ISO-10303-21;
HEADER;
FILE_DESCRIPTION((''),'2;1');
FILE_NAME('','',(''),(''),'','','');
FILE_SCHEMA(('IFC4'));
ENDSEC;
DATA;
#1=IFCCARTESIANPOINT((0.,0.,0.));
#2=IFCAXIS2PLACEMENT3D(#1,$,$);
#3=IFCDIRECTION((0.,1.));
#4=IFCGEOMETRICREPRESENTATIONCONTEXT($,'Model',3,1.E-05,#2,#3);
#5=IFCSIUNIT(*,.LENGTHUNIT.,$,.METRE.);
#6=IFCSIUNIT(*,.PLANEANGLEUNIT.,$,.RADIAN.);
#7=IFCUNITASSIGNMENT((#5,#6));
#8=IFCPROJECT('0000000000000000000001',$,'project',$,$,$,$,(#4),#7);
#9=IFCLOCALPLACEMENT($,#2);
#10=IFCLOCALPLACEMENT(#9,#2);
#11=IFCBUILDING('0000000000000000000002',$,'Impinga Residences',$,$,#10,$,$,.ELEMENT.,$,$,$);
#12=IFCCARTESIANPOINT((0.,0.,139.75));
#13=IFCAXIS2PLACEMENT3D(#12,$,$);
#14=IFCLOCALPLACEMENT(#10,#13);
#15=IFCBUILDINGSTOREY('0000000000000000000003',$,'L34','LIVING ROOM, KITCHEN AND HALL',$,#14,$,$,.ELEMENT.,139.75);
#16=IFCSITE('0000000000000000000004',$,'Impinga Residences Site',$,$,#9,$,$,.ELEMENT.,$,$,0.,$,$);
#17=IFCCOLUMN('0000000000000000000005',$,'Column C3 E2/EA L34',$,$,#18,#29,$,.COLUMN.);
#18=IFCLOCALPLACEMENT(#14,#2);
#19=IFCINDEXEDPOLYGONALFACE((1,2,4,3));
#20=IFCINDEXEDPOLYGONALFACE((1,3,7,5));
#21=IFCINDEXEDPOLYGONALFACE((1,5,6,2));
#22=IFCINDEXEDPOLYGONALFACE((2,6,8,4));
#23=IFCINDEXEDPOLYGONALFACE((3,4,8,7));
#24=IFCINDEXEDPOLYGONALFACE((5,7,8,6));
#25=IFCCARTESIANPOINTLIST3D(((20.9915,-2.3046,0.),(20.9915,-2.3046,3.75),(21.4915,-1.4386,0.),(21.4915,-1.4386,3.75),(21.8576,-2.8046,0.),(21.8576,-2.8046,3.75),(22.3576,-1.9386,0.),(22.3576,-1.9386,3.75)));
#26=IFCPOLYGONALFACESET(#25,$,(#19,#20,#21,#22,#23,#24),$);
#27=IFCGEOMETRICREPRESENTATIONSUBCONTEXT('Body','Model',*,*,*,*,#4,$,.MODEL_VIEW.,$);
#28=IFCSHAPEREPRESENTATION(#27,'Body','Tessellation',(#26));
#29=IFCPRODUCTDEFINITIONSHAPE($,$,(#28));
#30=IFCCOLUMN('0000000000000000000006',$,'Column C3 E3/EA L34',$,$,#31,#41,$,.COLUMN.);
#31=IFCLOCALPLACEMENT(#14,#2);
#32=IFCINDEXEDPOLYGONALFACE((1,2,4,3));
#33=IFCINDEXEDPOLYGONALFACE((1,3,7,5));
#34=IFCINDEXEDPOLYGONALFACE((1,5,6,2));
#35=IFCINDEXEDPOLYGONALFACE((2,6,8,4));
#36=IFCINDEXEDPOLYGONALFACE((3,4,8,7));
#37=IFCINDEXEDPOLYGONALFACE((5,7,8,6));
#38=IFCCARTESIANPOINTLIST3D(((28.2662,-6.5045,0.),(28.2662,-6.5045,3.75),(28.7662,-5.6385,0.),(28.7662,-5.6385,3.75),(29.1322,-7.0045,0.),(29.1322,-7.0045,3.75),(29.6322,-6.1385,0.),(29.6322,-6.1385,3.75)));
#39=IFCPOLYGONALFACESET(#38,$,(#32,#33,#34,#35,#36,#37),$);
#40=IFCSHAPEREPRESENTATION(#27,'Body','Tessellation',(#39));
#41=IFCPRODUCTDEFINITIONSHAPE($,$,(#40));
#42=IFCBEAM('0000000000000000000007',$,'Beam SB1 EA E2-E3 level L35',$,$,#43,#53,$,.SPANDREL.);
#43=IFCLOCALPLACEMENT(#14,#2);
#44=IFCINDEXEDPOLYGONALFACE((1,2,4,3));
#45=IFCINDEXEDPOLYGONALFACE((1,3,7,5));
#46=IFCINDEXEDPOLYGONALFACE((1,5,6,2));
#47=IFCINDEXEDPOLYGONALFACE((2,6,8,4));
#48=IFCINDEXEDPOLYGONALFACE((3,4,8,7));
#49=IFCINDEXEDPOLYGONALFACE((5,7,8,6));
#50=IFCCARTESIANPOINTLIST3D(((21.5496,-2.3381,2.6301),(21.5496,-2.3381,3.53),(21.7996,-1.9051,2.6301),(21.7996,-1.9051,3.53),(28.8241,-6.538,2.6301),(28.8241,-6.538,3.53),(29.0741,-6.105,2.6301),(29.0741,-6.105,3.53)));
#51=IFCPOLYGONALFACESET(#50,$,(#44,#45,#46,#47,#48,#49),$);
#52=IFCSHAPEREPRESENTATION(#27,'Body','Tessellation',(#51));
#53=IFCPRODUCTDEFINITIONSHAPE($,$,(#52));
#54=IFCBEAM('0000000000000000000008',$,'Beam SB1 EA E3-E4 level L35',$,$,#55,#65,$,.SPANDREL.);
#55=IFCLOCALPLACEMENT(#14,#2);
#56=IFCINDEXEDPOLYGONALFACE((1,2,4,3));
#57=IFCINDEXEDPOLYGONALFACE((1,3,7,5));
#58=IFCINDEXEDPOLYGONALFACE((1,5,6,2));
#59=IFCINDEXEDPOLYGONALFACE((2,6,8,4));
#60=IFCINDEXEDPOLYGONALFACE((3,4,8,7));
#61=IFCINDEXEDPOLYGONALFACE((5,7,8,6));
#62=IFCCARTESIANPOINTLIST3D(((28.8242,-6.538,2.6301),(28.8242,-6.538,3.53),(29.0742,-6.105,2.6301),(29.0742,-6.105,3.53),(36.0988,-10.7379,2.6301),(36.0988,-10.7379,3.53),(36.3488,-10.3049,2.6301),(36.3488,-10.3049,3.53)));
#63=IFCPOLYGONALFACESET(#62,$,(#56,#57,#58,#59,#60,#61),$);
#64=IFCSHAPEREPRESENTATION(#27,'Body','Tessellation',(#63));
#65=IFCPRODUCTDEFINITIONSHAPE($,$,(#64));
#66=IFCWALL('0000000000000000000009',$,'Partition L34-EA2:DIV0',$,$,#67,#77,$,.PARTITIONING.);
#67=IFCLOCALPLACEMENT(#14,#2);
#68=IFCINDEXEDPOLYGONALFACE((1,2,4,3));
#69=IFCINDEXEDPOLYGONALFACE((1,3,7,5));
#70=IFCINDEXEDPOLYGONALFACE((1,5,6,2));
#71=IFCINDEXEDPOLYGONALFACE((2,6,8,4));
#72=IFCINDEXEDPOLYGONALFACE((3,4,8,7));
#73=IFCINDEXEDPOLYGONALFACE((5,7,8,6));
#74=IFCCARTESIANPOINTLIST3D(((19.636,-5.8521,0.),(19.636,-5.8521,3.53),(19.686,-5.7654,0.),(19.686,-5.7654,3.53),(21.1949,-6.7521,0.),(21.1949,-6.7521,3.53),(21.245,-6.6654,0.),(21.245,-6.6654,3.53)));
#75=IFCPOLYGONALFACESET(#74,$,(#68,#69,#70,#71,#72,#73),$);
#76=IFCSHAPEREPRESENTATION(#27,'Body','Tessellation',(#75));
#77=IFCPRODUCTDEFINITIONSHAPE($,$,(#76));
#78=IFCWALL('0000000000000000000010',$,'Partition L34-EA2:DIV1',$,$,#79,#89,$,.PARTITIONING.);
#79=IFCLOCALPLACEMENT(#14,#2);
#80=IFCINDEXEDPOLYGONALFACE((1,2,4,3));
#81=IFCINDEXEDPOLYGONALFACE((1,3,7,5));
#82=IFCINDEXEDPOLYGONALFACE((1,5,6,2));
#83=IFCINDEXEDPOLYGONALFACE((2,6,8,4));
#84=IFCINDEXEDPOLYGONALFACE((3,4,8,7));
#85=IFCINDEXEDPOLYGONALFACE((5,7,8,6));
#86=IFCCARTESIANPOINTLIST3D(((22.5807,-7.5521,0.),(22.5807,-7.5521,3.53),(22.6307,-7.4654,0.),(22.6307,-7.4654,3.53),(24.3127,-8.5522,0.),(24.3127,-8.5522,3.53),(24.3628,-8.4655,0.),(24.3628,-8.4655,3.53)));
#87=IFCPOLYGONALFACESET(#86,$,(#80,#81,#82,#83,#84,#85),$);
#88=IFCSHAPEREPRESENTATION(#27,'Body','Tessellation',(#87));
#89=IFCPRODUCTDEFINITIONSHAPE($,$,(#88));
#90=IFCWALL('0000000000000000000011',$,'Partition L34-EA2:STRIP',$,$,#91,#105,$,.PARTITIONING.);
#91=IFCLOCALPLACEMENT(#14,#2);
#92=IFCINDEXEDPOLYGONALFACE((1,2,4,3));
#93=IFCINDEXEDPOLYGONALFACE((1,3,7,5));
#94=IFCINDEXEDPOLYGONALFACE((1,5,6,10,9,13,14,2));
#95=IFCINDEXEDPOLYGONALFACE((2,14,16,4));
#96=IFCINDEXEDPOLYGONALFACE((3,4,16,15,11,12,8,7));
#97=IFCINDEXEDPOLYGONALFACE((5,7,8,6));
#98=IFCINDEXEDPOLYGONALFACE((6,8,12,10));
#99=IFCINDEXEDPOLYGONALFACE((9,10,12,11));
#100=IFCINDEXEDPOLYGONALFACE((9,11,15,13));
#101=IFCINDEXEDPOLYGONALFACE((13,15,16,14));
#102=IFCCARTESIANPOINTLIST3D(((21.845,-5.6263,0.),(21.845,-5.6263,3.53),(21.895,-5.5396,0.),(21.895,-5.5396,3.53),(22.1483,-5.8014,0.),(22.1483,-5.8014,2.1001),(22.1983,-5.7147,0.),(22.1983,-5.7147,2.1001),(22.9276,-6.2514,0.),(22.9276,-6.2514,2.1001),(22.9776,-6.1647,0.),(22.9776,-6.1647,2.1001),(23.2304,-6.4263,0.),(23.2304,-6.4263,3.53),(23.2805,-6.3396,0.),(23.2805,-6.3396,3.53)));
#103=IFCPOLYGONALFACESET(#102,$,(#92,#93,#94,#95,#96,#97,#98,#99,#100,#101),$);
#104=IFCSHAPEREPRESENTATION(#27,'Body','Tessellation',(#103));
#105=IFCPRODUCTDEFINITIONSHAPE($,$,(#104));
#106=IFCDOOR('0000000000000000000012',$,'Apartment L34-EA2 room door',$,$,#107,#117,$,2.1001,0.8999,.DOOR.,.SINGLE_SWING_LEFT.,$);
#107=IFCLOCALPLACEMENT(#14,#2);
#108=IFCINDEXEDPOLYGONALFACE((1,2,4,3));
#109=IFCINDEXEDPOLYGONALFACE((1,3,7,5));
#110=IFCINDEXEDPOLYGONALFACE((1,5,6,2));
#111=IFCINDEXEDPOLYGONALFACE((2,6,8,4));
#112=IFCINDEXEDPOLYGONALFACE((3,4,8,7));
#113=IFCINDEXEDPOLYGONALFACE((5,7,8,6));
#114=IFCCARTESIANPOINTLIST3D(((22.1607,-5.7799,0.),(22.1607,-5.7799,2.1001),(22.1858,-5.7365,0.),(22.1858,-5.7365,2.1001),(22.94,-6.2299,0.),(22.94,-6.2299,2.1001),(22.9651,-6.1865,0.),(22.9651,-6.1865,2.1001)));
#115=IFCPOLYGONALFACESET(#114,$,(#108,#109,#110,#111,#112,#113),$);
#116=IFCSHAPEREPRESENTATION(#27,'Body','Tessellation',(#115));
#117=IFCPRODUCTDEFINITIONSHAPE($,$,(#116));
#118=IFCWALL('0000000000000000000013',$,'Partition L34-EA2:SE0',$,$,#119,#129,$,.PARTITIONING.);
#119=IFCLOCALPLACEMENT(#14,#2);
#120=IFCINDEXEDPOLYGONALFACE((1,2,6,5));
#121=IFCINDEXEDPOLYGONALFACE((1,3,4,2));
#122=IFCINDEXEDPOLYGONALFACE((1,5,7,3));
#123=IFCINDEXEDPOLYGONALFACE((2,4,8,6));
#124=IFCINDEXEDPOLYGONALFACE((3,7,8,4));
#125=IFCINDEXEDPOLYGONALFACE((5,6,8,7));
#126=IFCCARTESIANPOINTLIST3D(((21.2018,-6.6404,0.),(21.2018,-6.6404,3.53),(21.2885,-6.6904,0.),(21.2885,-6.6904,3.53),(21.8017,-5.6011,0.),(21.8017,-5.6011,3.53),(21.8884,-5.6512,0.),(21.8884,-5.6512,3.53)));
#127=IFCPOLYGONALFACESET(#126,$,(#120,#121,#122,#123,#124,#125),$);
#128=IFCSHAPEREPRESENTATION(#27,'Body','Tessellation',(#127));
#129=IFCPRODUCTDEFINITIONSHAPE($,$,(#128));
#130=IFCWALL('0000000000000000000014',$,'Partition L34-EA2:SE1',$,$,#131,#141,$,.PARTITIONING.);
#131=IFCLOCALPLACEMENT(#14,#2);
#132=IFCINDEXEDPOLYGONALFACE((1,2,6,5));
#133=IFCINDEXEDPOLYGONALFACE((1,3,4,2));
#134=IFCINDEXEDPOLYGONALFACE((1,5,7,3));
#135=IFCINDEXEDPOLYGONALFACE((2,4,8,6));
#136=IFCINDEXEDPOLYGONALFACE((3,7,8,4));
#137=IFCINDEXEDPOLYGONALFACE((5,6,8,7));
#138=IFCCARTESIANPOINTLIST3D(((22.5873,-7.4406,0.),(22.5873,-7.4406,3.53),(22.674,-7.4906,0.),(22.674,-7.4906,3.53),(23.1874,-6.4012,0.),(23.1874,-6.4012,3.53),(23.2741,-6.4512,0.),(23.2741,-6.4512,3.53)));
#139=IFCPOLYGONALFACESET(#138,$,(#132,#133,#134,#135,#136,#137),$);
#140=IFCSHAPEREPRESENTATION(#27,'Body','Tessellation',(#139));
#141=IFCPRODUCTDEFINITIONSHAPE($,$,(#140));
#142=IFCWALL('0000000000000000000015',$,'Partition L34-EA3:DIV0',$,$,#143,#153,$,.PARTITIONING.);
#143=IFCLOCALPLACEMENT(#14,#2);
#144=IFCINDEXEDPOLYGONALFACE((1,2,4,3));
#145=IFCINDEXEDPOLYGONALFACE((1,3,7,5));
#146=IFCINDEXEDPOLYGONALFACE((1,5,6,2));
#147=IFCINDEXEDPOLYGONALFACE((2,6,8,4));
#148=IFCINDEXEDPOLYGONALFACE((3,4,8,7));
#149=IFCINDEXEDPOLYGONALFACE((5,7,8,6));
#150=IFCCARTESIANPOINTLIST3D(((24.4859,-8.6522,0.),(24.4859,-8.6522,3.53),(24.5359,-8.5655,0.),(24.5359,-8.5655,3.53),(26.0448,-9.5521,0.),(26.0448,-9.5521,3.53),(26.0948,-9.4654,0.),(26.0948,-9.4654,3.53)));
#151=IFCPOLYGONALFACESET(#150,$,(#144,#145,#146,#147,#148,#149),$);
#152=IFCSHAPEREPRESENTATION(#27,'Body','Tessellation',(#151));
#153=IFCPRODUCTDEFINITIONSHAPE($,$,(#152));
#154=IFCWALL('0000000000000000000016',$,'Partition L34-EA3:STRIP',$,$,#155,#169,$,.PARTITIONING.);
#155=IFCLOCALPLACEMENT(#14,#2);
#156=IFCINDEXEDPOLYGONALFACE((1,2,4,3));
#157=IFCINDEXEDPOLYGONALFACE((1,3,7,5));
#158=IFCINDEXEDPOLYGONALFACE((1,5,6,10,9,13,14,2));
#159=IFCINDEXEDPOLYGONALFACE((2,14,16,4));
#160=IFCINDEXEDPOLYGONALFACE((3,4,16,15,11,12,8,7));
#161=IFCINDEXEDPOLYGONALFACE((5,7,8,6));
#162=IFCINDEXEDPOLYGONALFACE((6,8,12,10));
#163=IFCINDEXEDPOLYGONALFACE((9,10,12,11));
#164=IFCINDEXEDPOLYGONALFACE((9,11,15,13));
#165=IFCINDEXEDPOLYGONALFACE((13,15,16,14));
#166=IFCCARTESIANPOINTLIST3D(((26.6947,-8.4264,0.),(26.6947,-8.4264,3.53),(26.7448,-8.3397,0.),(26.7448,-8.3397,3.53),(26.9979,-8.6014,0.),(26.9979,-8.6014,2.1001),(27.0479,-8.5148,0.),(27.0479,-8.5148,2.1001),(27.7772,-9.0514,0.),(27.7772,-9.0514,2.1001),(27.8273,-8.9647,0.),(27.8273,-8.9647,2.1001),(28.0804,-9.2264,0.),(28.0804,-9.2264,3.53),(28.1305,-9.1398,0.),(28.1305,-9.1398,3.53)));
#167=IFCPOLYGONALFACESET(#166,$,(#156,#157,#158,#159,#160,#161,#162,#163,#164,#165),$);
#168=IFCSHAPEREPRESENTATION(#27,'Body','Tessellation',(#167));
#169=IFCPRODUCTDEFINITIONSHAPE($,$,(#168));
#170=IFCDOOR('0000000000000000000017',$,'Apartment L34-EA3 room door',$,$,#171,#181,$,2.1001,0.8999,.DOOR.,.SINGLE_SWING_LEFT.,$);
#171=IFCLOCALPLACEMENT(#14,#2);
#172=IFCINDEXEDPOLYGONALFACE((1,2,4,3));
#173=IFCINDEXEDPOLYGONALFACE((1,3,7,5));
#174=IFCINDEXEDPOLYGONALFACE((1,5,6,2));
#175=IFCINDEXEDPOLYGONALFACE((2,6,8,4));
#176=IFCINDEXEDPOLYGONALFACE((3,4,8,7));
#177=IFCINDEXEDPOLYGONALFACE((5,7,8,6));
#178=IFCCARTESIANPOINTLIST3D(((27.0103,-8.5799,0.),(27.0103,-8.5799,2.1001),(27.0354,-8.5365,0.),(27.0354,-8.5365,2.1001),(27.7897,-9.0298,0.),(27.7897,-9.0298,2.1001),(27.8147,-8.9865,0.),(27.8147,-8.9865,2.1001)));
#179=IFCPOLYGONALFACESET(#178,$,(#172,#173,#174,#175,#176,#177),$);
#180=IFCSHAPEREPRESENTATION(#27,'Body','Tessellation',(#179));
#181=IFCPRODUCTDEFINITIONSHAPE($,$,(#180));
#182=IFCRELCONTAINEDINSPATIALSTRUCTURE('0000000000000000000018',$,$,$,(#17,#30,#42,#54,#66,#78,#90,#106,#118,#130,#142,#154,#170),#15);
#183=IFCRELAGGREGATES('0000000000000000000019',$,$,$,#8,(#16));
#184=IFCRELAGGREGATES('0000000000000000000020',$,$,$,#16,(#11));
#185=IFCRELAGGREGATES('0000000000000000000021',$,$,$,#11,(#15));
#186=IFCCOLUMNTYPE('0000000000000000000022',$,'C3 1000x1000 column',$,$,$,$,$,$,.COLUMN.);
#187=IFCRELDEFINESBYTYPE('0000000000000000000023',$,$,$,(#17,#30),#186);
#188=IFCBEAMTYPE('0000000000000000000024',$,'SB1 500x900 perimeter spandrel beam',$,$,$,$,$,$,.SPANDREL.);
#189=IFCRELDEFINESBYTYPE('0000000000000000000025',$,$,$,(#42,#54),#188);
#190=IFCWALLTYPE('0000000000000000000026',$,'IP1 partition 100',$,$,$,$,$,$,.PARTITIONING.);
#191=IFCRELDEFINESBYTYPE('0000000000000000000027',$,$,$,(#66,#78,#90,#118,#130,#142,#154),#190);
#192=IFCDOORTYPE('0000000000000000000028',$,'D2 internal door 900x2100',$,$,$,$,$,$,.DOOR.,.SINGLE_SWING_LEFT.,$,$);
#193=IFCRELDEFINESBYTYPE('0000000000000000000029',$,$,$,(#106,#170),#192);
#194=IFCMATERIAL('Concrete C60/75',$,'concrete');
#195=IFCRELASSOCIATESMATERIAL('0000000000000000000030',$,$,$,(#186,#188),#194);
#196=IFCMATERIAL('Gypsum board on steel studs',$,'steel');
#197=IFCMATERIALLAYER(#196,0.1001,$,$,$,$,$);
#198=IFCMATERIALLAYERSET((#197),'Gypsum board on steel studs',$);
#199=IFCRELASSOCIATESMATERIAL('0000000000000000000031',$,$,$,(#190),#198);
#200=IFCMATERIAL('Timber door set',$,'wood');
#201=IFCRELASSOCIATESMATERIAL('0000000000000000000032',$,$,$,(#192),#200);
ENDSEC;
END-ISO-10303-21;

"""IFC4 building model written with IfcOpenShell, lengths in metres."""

from ifc_helpers import new_model, si_unit, direction, frame, frame_2d, origin, origin_2d, place, context, subcontext, project, spatial, rectangle, extrude, material, layer, layer_set, material_profile, profile_set, type_object, element, fill, save


model = new_model("IFC4")

# Units and contexts
model_context = context("Model", 3, precision=1e-05, world=origin(), true_north=direction((0.0, 1.0)))
body_context = subcontext(model_context, "Body", "Model", "MODEL_VIEW")
ifc_project = project(units=[si_unit("LENGTHUNIT", "METRE"), si_unit("PLANEANGLEUNIT", "RADIAN")], contexts=[model_context])

# Site, building, storey
site_placement = place(None, origin())
site = spatial("IfcSite", under=ifc_project, at=site_placement, Name="Impinga Residences Site", CompositionType="ELEMENT", RefElevation=0.0)
building_placement = place(site_placement, origin())
building = spatial("IfcBuilding", under=site, at=building_placement, Name="Impinga Residences", CompositionType="ELEMENT")
storey_placement = place(building_placement, frame((0.0, 0.0, 139.75)))
storey = spatial("IfcBuildingStorey", under=building, at=storey_placement, Name="L34", Description="LIVING ROOM, KITCHEN AND HALL", CompositionType="ELEMENT", Elevation=139.75)

# Columns
ifc_material_1 = material(Name="Concrete C60/75", Category="concrete")
ifc_material_profile_1 = material_profile(ifc_material_1, rectangle(XDim=1.0, YDim=1.0, at=origin_2d()), Name="RC 1000x1000")
ifc_profile_set_1 = profile_set([ifc_material_profile_1], Name="Concrete C60/75")
column_type = type_object("IfcColumnType", Name="C3 1000x1000 column", PredefinedType="COLUMN", material=ifc_profile_set_1)
for number, where, z_axis, x_axis, name in (
    (1, (21.6746, -2.1216, 0.0), (0.0, 0.0, 1.0), (-0.5, -0.866025, 0.0), "Column C3 E2/EA L34"),
    (2, (28.9492, -6.3215, 0.0), (0.0, 0.0, 1.0), (-0.5, -0.866025, 0.0), "Column C3 E3/EA L34"),
):
    element("IfcColumn", number, at=place(storey_placement, frame(where, z_axis=z_axis, x_axis=x_axis)), inside=storey, type_object=column_type, Name=name, PredefinedType="COLUMN", context=body_context, shape_type="SweptSolid", body=[
        extrude(rectangle(XDim=1.0, YDim=1.0, at=origin_2d()), origin(), (0.0, 0.0, 1.0), 3.75),
    ])

# Beams
ifc_material_profile_2 = material_profile(ifc_material_1, rectangle(XDim=0.5, YDim=0.8999, at=origin_2d()), Name="RC 500x900")
ifc_profile_set_2 = profile_set([ifc_material_profile_2], Name="Concrete C60/75")
beam_type = type_object("IfcBeamType", Name="SB1 500x900 perimeter spandrel beam", PredefinedType="SPANDREL", material=ifc_profile_set_2)
for number, where, z_axis, x_axis, name in (
    (3, (21.6746, -2.1216, 3.0801), (0.866029, -0.499993, 0.0), (0.499993, 0.866029, 0.0), "Beam SB1 EA E2-E3 level L35"),
    (4, (28.9492, -6.3215, 3.0801), (0.866029, -0.499993, 0.0), (0.499993, 0.866029, 0.0), "Beam SB1 EA E3-E4 level L35"),
):
    element("IfcBeam", number, at=place(storey_placement, frame(where, z_axis=z_axis, x_axis=x_axis)), inside=storey, type_object=beam_type, Name=name, PredefinedType="SPANDREL", context=body_context, shape_type="SweptSolid", body=[
        extrude(rectangle(XDim=0.5, YDim=0.8999, at=origin_2d()), origin(), (0.0, 0.0, 1.0), 8.3999),
    ])

# Walls
ifc_material_2 = material(Name="Gypsum board on steel studs", Category="steel")
ifc_layer_1 = layer(ifc_material_2, 0.1001)
ifc_layer_set_1 = layer_set([ifc_layer_1], Name="Gypsum board on steel studs")
wall_type_1 = type_object("IfcWallType", Name="IP1 partition 100", PredefinedType="PARTITIONING", material=ifc_layer_set_1)
wall_1_placement = place(storey_placement, frame((19.6611, -5.8088, 0.0), z_axis=(0.0, 0.0, 1.0), x_axis=(0.866048, -0.499961, 0.0)))
element("IfcWall", 5, at=wall_1_placement, inside=storey, type_object=wall_type_1, Name="Partition L34-EA2:DIV0", PredefinedType="PARTITIONING", context=body_context, shape_type="SweptSolid", body=[
    extrude(rectangle(XDim=1.8, YDim=0.1001, at=frame_2d((0.8999, 0.0))), origin(), (0.0, 0.0, 1.0), 3.53),
])
wall_2_placement = place(storey_placement, frame((22.6057, -7.5088, 0.0), z_axis=(0.0, 0.0, 1.0), x_axis=(0.866011, -0.500025, 0.0)))
element("IfcWall", 6, at=wall_2_placement, inside=storey, type_object=wall_type_1, Name="Partition L34-EA2:DIV1", PredefinedType="PARTITIONING", context=body_context, shape_type="SweptSolid", body=[
    extrude(rectangle(XDim=2.0, YDim=0.1001, at=frame_2d((1.0, 0.0))), origin(), (0.0, 0.0, 1.0), 3.53),
])

# Wall, opening, door
wall_3_placement = place(storey_placement, frame((21.8701, -5.583, 0.0), z_axis=(0.0, 0.0, 1.0), x_axis=(0.86599, -0.500061, 0.0)))
wall_3 = element("IfcWall", 7, at=wall_3_placement, inside=storey, type_object=wall_type_1, Name="Partition L34-EA2:STRIP", PredefinedType="PARTITIONING", context=body_context, shape_type="SweptSolid", body=[
    extrude(rectangle(XDim=1.5999, YDim=0.1001, at=frame_2d((0.7998, 0.0))), origin(), (0.0, 0.0, 1.0), 3.53),
])
opening_1_placement = place(wall_3_placement, frame((0.3501, 0.0, 0.0)))
opening_1 = element("IfcOpeningElement", 8, at=opening_1_placement, cuts=wall_3, PredefinedType="OPENING", context=body_context, shape_type="SweptSolid", body=[
    extrude(rectangle(XDim=0.8999, YDim=2.1001, at=frame_2d((0.45, 1.05))), frame((0.0, 0.0601, 0.0), z_axis=(0.0, -1.0, 0.0), x_axis=(1.0, 0.0, 0.0)), (0.0, 0.0, 1.0), 0.1201),
])
ifc_material_3 = material(Name="Timber door set", Category="wood")
door_type = type_object("IfcDoorType", Name="D2 internal door 900x2100", OperationType="SINGLE_SWING_LEFT", PredefinedType="DOOR", material=ifc_material_3)
door_1_placement = place(opening_1_placement, origin())
door_1 = element("IfcDoor", 9, at=door_1_placement, inside=storey, type_object=door_type, Name="Apartment L34-EA2 room door", OperationType="SINGLE_SWING_LEFT", OverallHeight=2.1001, OverallWidth=0.8999, PredefinedType="DOOR", context=body_context, shape_type="SweptSolid", body=[
    extrude(rectangle(XDim=0.8999, YDim=2.1001, at=frame_2d((0.45, 1.05))), frame((0.0, 0.0249, 0.0), z_axis=(0.0, -1.0, 0.0), x_axis=(1.0, 0.0, 0.0)), (0.0, 0.0, 1.0), 0.05),
])
fill(opening_1, door_1)

# Walls
wall_4_placement = place(storey_placement, frame((21.2451, -6.6655, 0.0), z_axis=(0.0, 0.0, 1.0), x_axis=(0.499881, 0.866094, 0.0)))
element("IfcWall", 10, at=wall_4_placement, inside=storey, type_object=wall_type_1, Name="Partition L34-EA2:SE0", PredefinedType="PARTITIONING", context=body_context, shape_type="SweptSolid", body=[
    extrude(rectangle(XDim=1.2, YDim=0.1001, at=frame_2d((0.6001, 0.0))), origin(), (0.0, 0.0, 1.0), 3.53),
])
wall_5_placement = place(storey_placement, frame((22.6306, -7.4656, 0.0), z_axis=(0.0, 0.0, 1.0), x_axis=(0.500034, 0.866006, 0.0)))
element("IfcWall", 11, at=wall_5_placement, inside=storey, type_object=wall_type_1, Name="Partition L34-EA2:SE1", PredefinedType="PARTITIONING", context=body_context, shape_type="SweptSolid", body=[
    extrude(rectangle(XDim=1.2002, YDim=0.1001, at=frame_2d((0.6001, 0.0))), origin(), (0.0, 0.0, 1.0), 3.53),
])
wall_6_placement = place(storey_placement, frame((24.511, -8.6089, 0.0), z_axis=(0.0, 0.0, 1.0), x_axis=(0.866048, -0.499961, 0.0)))
element("IfcWall", 12, at=wall_6_placement, inside=storey, type_object=wall_type_1, Name="Partition L34-EA3:DIV0", PredefinedType="PARTITIONING", context=body_context, shape_type="SweptSolid", body=[
    extrude(rectangle(XDim=1.8, YDim=0.1001, at=frame_2d((0.8999, 0.0))), origin(), (0.0, 0.0, 1.0), 3.53),
])

# Wall, opening, door
wall_7_placement = place(storey_placement, frame((26.7197, -8.3831, 0.0), z_axis=(0.0, 0.0, 1.0), x_axis=(0.866028, -0.499995, 0.0)))
wall_7 = element("IfcWall", 13, at=wall_7_placement, inside=storey, type_object=wall_type_1, Name="Partition L34-EA3:STRIP", PredefinedType="PARTITIONING", context=body_context, shape_type="SweptSolid", body=[
    extrude(rectangle(XDim=1.6001, YDim=0.1001, at=frame_2d((0.8, 0.0))), origin(), (0.0, 0.0, 1.0), 3.53),
])
opening_2_placement = place(wall_7_placement, frame((0.3501, 0.0, 0.0)))
opening_2 = element("IfcOpeningElement", 14, at=opening_2_placement, cuts=wall_7, PredefinedType="OPENING", context=body_context, shape_type="SweptSolid", body=[
    extrude(rectangle(XDim=0.8999, YDim=2.1001, at=frame_2d((0.45, 1.05))), frame((0.0, 0.0601, 0.0), z_axis=(0.0, -1.0, 0.0), x_axis=(1.0, 0.0, 0.0)), (0.0, 0.0, 1.0), 0.1201),
])
door_2_placement = place(opening_2_placement, origin())
door_2 = element("IfcDoor", 15, at=door_2_placement, inside=storey, type_object=door_type, Name="Apartment L34-EA3 room door", OperationType="SINGLE_SWING_LEFT", OverallHeight=2.1001, OverallWidth=0.8999, PredefinedType="DOOR", context=body_context, shape_type="SweptSolid", body=[
    extrude(rectangle(XDim=0.8999, YDim=2.1001, at=frame_2d((0.45, 1.05))), frame((0.0, 0.0249, 0.0), z_axis=(0.0, -1.0, 0.0), x_axis=(1.0, 0.0, 0.0)), (0.0, 0.0, 1.0), 0.05),
])
fill(opening_2, door_2)

save(model, "model.ifc")
